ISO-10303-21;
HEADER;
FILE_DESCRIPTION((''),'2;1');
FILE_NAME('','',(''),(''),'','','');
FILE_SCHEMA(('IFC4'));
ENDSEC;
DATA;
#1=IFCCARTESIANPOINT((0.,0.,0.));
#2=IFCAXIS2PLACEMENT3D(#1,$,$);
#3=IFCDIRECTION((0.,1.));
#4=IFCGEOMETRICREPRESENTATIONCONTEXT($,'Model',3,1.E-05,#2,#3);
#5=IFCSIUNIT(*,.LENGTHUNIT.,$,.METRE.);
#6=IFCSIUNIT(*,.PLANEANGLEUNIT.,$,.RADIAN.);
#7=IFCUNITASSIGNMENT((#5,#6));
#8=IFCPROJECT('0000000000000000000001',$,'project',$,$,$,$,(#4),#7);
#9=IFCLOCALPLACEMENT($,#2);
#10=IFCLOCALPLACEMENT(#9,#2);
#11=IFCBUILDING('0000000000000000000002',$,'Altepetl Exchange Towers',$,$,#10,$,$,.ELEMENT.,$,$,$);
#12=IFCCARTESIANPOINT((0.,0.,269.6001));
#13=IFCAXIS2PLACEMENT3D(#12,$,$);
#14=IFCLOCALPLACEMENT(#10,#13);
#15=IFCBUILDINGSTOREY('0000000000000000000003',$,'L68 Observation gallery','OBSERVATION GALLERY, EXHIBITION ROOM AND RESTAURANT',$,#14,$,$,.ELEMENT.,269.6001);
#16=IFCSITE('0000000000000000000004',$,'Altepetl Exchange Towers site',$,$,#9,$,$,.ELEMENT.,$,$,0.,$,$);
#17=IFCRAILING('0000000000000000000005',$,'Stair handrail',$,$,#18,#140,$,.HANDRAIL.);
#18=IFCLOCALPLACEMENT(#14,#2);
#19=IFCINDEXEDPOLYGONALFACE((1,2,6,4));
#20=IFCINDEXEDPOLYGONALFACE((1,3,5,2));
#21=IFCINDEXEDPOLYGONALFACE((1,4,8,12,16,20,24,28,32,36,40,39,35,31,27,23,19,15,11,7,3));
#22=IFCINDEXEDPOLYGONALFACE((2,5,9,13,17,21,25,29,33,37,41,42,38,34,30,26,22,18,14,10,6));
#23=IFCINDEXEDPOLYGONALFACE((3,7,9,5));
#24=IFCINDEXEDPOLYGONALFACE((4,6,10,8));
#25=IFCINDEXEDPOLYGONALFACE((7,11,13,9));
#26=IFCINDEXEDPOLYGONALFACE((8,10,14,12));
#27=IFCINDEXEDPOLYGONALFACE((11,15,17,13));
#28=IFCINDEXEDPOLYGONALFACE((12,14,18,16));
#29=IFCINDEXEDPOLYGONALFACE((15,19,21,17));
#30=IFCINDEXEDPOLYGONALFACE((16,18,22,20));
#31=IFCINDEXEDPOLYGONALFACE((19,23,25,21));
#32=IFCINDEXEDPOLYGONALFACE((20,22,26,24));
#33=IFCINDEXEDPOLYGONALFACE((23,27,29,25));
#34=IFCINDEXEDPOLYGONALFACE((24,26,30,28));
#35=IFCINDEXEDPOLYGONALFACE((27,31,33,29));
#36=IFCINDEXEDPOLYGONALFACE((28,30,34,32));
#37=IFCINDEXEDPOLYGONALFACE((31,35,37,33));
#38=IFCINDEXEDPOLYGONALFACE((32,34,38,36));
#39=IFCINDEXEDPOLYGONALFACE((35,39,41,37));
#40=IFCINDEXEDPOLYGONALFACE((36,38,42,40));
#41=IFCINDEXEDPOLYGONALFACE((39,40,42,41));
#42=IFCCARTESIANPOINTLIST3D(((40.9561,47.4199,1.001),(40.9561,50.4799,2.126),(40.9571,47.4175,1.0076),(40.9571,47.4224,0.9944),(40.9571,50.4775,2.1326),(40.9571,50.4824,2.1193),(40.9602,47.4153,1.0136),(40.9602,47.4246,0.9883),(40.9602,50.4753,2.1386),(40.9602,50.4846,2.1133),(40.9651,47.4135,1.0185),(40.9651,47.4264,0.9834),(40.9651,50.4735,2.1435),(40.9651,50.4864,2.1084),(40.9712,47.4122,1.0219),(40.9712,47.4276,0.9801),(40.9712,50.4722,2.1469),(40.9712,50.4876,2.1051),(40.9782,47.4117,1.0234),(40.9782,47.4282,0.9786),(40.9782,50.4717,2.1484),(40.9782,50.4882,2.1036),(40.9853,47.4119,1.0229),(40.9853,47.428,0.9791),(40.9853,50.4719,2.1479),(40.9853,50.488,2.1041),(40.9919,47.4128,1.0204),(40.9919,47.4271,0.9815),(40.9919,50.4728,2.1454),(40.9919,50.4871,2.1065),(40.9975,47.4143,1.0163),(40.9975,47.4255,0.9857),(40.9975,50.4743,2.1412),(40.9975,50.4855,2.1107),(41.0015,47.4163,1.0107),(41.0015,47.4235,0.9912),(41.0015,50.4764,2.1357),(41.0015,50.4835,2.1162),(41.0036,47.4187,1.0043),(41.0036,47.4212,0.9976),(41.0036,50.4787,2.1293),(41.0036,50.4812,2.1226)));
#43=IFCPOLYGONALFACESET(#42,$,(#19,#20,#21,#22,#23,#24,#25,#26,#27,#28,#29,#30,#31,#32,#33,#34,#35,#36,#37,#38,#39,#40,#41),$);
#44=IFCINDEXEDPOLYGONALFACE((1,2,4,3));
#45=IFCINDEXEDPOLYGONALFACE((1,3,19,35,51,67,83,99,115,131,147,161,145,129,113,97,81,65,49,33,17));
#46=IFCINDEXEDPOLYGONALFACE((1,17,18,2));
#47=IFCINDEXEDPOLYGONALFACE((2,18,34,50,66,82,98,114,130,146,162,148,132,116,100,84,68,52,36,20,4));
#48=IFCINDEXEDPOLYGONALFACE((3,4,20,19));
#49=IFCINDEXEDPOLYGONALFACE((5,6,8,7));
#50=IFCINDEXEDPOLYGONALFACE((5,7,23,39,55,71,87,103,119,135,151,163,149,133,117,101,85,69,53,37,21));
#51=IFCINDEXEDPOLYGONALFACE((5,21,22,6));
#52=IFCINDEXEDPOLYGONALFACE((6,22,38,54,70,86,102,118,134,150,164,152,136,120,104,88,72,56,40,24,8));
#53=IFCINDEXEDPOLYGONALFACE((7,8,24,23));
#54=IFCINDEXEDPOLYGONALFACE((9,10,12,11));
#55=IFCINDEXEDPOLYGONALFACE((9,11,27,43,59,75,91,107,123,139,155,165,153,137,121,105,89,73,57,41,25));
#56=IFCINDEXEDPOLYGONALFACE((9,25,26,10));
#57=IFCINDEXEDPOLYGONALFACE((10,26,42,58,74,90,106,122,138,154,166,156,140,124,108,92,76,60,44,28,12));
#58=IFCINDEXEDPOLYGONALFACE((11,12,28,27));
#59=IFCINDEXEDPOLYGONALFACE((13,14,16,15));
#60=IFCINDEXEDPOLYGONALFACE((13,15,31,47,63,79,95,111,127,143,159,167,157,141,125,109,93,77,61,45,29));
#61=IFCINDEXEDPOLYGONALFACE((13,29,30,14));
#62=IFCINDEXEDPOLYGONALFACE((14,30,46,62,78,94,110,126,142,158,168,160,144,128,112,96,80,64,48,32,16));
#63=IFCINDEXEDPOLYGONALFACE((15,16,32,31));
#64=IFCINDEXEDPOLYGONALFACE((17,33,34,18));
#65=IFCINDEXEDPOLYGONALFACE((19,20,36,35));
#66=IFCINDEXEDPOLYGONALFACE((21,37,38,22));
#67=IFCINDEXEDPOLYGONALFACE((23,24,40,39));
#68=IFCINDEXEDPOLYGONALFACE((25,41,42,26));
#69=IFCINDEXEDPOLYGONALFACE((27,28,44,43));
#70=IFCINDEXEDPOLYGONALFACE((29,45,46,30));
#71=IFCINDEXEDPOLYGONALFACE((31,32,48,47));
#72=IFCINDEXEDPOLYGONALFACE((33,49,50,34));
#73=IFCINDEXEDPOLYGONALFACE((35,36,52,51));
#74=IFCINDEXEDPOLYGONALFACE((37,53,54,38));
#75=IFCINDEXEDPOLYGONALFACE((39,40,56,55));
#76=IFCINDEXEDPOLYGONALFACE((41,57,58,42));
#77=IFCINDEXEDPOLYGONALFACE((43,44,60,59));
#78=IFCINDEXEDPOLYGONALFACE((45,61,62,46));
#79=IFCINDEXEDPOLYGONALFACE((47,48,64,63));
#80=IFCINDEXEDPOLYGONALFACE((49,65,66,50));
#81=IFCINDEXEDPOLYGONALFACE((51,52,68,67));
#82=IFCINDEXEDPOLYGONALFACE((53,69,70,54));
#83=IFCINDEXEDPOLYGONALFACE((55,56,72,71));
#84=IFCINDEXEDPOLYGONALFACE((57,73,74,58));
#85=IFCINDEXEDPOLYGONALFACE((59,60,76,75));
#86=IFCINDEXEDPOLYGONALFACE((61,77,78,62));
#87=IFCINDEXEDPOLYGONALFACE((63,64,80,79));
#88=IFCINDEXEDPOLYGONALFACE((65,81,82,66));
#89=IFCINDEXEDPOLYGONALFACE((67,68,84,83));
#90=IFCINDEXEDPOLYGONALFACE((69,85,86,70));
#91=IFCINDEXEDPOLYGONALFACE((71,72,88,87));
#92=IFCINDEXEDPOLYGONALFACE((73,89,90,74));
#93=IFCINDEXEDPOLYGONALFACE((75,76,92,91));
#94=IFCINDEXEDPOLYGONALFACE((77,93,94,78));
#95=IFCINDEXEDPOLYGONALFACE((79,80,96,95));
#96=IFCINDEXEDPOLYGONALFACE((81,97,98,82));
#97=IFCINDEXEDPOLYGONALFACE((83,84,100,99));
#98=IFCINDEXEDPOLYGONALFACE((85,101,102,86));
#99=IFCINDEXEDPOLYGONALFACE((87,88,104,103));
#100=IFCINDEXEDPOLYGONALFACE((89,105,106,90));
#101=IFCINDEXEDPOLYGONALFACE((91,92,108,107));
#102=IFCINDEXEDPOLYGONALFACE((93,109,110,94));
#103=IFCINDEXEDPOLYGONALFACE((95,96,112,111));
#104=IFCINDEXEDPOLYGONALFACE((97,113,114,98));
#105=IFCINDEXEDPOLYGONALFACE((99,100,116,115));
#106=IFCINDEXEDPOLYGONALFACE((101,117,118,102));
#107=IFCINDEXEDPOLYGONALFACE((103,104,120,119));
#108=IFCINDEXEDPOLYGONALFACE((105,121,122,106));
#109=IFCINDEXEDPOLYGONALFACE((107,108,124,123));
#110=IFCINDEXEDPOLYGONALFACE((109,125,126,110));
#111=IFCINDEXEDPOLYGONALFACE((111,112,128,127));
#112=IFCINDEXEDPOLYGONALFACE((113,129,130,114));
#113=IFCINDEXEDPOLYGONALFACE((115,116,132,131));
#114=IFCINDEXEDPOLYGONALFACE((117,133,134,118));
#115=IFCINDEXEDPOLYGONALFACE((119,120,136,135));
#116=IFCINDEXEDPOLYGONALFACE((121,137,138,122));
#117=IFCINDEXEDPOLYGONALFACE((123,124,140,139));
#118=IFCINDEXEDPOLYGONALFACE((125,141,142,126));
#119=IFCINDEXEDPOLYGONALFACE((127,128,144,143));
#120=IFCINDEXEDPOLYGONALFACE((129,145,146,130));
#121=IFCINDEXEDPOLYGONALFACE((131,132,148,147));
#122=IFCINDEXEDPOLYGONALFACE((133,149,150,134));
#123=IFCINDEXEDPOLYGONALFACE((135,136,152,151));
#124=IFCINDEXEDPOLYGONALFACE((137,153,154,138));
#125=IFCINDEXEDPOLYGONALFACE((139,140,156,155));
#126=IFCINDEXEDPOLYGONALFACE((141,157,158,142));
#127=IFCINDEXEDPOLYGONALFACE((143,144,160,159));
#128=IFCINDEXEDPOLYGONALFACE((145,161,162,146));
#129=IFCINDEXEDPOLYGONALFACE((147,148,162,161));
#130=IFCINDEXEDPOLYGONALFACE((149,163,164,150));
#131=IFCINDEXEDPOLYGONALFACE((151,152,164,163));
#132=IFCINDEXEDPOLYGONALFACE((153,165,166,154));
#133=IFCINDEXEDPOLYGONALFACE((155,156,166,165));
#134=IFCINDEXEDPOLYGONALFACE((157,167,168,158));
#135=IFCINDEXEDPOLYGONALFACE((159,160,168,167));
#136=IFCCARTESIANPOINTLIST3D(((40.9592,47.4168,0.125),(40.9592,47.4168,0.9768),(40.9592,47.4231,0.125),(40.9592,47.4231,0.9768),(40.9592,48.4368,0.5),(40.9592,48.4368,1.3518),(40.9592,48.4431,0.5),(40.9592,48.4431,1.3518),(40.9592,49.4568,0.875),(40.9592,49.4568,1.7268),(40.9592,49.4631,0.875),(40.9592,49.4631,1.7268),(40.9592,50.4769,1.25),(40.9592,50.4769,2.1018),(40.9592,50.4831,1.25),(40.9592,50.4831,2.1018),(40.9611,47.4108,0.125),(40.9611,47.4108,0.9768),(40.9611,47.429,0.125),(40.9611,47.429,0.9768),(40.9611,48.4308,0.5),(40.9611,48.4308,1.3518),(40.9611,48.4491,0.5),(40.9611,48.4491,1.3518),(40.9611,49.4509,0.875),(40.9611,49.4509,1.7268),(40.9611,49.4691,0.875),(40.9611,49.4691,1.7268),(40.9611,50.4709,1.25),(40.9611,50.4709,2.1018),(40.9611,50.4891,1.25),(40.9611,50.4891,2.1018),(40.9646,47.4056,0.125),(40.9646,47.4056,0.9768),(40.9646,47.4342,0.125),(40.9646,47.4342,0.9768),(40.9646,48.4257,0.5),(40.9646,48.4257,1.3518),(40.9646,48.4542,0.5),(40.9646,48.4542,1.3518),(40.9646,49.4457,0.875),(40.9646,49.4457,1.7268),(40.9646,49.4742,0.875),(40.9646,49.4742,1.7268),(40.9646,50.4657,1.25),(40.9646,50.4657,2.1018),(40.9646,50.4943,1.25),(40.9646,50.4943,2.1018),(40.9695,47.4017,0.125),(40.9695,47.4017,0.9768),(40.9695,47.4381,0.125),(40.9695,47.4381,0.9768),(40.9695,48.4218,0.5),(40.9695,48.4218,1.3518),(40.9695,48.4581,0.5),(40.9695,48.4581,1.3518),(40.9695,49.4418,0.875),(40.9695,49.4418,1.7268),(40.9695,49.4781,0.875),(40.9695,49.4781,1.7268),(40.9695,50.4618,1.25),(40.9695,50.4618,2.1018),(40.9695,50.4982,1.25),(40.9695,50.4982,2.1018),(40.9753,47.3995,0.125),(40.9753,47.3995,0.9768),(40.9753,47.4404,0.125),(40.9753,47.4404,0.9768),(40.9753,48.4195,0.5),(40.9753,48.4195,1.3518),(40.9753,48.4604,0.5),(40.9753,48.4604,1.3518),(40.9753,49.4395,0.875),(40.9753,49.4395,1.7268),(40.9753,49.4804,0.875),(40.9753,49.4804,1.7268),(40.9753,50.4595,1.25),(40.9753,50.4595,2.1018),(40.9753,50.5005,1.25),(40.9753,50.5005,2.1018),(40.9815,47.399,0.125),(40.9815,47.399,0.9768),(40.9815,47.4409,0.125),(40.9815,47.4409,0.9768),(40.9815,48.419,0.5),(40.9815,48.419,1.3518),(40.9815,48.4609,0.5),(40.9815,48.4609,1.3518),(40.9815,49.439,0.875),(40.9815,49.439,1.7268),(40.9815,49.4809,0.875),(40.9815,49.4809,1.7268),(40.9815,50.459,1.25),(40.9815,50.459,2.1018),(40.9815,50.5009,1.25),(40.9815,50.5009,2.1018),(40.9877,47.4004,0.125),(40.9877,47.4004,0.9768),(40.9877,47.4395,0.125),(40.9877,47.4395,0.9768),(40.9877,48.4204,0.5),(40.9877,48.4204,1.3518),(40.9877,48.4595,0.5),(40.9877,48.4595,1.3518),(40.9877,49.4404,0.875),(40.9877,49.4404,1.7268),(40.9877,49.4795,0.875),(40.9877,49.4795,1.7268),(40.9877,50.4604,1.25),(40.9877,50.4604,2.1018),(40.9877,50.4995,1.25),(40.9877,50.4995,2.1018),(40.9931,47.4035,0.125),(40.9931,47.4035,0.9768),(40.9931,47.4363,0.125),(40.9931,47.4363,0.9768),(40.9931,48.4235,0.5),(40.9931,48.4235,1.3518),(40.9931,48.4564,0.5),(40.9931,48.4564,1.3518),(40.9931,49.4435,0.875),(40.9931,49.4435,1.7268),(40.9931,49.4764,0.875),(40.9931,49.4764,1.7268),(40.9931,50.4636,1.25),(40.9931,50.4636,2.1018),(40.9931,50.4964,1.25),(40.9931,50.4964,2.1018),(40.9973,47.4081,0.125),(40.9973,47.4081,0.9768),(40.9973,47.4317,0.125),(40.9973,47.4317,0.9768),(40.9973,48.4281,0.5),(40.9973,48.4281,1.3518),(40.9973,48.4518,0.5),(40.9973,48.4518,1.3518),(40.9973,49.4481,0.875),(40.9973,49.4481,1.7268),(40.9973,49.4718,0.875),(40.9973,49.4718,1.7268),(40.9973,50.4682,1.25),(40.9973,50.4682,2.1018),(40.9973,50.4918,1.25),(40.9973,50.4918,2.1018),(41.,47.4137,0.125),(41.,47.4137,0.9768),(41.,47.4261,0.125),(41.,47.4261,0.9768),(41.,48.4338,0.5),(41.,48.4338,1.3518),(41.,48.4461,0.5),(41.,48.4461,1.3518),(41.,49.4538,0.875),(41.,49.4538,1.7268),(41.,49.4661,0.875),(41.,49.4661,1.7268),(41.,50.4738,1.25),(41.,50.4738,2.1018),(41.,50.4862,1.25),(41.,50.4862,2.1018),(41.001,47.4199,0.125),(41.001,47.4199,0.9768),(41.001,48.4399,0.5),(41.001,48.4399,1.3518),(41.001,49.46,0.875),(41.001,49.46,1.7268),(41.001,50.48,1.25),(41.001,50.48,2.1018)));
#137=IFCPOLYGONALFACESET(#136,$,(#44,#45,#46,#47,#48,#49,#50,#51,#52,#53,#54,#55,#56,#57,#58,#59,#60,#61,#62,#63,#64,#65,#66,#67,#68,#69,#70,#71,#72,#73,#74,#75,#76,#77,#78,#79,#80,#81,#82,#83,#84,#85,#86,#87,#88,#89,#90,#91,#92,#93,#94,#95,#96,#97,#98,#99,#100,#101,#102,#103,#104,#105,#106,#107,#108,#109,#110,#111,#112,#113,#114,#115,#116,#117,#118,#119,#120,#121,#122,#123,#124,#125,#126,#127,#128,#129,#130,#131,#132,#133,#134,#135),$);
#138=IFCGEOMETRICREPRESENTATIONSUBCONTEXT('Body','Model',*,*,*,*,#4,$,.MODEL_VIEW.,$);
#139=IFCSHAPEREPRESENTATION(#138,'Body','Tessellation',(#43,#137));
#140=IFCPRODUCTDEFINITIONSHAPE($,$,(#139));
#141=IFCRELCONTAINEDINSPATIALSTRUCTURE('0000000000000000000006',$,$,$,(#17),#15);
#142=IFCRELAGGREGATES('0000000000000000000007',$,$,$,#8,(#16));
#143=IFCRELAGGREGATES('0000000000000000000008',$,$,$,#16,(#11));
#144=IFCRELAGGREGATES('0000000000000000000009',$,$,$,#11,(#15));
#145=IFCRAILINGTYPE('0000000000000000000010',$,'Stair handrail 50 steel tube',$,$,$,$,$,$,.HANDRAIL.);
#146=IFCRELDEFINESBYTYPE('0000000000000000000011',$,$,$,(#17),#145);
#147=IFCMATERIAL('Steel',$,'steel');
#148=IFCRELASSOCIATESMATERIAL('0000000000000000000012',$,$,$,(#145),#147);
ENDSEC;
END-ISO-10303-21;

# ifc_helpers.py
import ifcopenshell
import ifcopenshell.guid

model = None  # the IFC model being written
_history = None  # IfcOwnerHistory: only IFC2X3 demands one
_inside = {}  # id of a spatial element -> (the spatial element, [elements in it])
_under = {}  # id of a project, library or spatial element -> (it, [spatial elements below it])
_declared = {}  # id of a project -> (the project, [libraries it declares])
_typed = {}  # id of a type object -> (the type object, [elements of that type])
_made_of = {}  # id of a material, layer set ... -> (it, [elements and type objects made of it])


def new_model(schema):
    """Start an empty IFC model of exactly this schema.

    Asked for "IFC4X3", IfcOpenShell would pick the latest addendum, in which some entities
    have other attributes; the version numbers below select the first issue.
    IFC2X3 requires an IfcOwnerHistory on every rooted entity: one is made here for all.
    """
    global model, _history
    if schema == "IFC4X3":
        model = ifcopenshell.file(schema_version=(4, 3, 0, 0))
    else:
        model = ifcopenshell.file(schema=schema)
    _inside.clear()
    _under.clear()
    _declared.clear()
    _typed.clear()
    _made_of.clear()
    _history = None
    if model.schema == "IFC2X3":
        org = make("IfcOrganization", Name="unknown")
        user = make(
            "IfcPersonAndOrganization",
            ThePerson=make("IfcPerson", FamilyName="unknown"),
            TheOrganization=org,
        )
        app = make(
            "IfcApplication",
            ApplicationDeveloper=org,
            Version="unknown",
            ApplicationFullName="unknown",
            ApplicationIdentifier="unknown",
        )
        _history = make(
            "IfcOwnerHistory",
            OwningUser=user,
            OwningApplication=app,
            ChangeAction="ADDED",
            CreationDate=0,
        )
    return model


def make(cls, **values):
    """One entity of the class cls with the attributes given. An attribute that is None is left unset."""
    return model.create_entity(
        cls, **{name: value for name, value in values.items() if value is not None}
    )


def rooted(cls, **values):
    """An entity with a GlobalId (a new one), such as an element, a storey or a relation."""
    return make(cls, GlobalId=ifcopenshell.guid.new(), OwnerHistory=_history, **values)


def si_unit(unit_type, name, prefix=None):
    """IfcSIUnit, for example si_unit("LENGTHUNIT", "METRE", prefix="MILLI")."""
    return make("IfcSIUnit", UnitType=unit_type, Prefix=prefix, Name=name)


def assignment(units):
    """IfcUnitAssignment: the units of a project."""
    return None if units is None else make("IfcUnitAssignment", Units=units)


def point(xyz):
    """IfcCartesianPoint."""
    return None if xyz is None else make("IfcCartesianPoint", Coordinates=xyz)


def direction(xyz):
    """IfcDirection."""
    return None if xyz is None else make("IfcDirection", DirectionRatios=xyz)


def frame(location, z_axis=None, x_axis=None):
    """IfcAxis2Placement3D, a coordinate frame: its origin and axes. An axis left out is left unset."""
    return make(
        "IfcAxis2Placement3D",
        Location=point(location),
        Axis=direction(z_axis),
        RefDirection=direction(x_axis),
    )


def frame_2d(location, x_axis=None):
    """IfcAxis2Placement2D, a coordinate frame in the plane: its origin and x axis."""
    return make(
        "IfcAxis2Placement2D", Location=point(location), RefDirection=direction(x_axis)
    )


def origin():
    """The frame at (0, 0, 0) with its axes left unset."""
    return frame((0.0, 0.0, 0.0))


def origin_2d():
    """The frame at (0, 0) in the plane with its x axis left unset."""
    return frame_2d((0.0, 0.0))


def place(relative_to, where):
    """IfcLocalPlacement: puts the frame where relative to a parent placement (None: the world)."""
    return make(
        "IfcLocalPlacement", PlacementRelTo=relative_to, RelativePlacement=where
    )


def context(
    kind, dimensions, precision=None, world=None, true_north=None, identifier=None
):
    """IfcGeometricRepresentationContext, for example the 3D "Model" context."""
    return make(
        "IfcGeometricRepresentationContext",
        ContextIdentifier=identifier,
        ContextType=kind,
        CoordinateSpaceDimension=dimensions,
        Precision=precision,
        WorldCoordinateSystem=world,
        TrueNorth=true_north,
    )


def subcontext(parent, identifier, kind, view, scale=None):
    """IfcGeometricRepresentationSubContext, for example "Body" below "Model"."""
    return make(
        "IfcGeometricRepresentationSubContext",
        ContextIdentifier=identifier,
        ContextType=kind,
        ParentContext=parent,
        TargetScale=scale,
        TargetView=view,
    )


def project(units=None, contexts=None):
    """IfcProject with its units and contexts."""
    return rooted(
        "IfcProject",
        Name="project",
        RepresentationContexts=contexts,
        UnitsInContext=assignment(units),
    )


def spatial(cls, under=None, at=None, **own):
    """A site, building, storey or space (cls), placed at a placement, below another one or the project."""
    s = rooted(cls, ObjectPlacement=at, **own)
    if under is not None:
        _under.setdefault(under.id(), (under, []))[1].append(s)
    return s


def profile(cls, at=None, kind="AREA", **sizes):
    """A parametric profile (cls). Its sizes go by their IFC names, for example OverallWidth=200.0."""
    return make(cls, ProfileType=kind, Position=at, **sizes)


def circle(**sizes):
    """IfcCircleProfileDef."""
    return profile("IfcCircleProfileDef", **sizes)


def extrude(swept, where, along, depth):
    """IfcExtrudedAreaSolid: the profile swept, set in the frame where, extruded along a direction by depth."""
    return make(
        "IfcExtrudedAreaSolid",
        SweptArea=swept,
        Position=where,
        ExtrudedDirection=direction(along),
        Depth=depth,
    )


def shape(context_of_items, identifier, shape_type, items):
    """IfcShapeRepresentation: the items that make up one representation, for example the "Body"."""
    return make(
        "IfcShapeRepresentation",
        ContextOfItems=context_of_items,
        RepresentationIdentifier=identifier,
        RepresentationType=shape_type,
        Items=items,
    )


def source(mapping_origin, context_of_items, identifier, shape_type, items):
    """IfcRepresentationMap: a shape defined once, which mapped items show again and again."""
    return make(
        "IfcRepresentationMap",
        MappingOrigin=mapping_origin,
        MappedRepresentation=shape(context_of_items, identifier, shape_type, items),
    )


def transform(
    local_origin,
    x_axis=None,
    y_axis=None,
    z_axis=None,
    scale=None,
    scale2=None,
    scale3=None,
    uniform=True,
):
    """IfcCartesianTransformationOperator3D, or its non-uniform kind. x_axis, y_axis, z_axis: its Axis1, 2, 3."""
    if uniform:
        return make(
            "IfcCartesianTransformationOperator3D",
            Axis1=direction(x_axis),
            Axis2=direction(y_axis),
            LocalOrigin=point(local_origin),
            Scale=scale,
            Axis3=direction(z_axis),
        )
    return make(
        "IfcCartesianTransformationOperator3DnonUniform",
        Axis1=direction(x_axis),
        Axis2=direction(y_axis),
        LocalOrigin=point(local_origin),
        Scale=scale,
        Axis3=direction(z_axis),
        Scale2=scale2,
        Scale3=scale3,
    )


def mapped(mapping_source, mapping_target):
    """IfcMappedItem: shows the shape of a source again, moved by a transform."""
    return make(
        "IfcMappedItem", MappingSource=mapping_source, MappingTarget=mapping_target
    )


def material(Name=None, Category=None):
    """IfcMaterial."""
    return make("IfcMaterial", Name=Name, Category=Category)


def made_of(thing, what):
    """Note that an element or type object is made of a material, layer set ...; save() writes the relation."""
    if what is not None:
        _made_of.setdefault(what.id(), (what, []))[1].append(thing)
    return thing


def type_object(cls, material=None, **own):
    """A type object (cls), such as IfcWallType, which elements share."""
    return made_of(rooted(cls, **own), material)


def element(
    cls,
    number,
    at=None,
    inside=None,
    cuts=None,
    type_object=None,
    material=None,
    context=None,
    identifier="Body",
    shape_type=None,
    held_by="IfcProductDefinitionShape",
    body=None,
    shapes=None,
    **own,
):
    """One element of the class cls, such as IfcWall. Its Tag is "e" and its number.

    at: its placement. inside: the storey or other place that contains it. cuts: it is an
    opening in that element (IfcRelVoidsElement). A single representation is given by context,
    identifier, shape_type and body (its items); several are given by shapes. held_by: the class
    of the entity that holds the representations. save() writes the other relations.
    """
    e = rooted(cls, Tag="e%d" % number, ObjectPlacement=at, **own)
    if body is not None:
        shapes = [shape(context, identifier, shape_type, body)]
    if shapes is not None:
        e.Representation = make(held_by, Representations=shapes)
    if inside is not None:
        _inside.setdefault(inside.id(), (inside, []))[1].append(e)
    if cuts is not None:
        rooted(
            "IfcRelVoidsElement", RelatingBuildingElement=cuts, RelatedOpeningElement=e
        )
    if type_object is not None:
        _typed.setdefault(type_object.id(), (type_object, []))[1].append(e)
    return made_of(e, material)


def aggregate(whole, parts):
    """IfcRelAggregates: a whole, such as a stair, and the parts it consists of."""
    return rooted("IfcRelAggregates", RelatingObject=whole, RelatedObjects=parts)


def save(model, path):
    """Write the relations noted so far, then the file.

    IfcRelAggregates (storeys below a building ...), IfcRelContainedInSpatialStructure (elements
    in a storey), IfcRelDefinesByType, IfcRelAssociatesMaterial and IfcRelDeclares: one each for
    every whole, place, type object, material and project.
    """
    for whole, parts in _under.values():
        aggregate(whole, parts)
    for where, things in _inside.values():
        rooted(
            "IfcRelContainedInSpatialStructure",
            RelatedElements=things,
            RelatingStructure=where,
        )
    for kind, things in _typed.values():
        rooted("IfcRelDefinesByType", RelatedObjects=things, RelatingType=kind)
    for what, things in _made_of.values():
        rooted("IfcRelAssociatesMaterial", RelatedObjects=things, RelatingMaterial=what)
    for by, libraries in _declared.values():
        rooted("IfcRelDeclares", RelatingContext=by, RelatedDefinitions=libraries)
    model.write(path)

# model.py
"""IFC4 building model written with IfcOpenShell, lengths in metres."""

from ifc_helpers import new_model, si_unit, direction, frame, origin, origin_2d, place, context, subcontext, project, spatial, circle, extrude, source, transform, mapped, material, type_object, element, save


model = new_model("IFC4")

# Units and contexts
model_context = context("Model", 3, precision=1e-05, world=origin(), true_north=direction((0.0, 1.0)))
body_context = subcontext(model_context, "Body", "Model", "MODEL_VIEW")
ifc_project = project(units=[si_unit("LENGTHUNIT", "METRE"), si_unit("PLANEANGLEUNIT", "RADIAN")], contexts=[model_context])

# Site, building, storey
site_placement = place(None, origin())
site = spatial("IfcSite", under=ifc_project, at=site_placement, Name="Altepetl Exchange Towers site", CompositionType="ELEMENT", RefElevation=0.0)
building_placement = place(site_placement, origin())
building = spatial("IfcBuilding", under=site, at=building_placement, Name="Altepetl Exchange Towers", CompositionType="ELEMENT")
storey_placement = place(building_placement, frame((0.0, 0.0, 269.6001)))
storey = spatial("IfcBuildingStorey", under=building, at=storey_placement, Name="L68 Observation gallery", Description="OBSERVATION GALLERY, EXHIBITION ROOM AND RESTAURANT", CompositionType="ELEMENT", Elevation=269.6001)

# Railing
ifc_material_1 = material(Name="Steel", Category="steel")
railing_type = type_object("IfcRailingType", Name="Stair handrail 50 steel tube", PredefinedType="HANDRAIL", material=ifc_material_1)
shared_shape = source(origin(), body_context, "Body", "SweptSolid", [
    extrude(circle(Radius=0.021, at=origin_2d()), origin(), (0.0, 0.0, 1.0), 0.8518),
])
for number, where, name in (
    (1, (40.98, 47.4199, 0.125), "Stair handrail"),
):
    element("IfcRailing", number, at=place(storey_placement, frame(where)), inside=storey, type_object=railing_type, Name=name, PredefinedType="HANDRAIL", context=body_context, shape_type="SweptSolid", body=[
        extrude(circle(Radius=0.0239, at=origin_2d()), frame((0.0, 0.0, 0.876), z_axis=(0.0, 0.938581, 0.34506), x_axis=(-1.0, 0.0, 0.0)), (0.0, 0.0, 1.0), 3.2603),
        mapped(shared_shape, transform((0.0, 0.0, 0.0))),
        mapped(shared_shape, transform((0.0, 1.02, 0.375))),
        mapped(shared_shape, transform((0.0, 2.04, 0.75))),
        mapped(shared_shape, transform((0.0, 3.0601, 1.125))),
    ])

save(model, "model.ifc")
